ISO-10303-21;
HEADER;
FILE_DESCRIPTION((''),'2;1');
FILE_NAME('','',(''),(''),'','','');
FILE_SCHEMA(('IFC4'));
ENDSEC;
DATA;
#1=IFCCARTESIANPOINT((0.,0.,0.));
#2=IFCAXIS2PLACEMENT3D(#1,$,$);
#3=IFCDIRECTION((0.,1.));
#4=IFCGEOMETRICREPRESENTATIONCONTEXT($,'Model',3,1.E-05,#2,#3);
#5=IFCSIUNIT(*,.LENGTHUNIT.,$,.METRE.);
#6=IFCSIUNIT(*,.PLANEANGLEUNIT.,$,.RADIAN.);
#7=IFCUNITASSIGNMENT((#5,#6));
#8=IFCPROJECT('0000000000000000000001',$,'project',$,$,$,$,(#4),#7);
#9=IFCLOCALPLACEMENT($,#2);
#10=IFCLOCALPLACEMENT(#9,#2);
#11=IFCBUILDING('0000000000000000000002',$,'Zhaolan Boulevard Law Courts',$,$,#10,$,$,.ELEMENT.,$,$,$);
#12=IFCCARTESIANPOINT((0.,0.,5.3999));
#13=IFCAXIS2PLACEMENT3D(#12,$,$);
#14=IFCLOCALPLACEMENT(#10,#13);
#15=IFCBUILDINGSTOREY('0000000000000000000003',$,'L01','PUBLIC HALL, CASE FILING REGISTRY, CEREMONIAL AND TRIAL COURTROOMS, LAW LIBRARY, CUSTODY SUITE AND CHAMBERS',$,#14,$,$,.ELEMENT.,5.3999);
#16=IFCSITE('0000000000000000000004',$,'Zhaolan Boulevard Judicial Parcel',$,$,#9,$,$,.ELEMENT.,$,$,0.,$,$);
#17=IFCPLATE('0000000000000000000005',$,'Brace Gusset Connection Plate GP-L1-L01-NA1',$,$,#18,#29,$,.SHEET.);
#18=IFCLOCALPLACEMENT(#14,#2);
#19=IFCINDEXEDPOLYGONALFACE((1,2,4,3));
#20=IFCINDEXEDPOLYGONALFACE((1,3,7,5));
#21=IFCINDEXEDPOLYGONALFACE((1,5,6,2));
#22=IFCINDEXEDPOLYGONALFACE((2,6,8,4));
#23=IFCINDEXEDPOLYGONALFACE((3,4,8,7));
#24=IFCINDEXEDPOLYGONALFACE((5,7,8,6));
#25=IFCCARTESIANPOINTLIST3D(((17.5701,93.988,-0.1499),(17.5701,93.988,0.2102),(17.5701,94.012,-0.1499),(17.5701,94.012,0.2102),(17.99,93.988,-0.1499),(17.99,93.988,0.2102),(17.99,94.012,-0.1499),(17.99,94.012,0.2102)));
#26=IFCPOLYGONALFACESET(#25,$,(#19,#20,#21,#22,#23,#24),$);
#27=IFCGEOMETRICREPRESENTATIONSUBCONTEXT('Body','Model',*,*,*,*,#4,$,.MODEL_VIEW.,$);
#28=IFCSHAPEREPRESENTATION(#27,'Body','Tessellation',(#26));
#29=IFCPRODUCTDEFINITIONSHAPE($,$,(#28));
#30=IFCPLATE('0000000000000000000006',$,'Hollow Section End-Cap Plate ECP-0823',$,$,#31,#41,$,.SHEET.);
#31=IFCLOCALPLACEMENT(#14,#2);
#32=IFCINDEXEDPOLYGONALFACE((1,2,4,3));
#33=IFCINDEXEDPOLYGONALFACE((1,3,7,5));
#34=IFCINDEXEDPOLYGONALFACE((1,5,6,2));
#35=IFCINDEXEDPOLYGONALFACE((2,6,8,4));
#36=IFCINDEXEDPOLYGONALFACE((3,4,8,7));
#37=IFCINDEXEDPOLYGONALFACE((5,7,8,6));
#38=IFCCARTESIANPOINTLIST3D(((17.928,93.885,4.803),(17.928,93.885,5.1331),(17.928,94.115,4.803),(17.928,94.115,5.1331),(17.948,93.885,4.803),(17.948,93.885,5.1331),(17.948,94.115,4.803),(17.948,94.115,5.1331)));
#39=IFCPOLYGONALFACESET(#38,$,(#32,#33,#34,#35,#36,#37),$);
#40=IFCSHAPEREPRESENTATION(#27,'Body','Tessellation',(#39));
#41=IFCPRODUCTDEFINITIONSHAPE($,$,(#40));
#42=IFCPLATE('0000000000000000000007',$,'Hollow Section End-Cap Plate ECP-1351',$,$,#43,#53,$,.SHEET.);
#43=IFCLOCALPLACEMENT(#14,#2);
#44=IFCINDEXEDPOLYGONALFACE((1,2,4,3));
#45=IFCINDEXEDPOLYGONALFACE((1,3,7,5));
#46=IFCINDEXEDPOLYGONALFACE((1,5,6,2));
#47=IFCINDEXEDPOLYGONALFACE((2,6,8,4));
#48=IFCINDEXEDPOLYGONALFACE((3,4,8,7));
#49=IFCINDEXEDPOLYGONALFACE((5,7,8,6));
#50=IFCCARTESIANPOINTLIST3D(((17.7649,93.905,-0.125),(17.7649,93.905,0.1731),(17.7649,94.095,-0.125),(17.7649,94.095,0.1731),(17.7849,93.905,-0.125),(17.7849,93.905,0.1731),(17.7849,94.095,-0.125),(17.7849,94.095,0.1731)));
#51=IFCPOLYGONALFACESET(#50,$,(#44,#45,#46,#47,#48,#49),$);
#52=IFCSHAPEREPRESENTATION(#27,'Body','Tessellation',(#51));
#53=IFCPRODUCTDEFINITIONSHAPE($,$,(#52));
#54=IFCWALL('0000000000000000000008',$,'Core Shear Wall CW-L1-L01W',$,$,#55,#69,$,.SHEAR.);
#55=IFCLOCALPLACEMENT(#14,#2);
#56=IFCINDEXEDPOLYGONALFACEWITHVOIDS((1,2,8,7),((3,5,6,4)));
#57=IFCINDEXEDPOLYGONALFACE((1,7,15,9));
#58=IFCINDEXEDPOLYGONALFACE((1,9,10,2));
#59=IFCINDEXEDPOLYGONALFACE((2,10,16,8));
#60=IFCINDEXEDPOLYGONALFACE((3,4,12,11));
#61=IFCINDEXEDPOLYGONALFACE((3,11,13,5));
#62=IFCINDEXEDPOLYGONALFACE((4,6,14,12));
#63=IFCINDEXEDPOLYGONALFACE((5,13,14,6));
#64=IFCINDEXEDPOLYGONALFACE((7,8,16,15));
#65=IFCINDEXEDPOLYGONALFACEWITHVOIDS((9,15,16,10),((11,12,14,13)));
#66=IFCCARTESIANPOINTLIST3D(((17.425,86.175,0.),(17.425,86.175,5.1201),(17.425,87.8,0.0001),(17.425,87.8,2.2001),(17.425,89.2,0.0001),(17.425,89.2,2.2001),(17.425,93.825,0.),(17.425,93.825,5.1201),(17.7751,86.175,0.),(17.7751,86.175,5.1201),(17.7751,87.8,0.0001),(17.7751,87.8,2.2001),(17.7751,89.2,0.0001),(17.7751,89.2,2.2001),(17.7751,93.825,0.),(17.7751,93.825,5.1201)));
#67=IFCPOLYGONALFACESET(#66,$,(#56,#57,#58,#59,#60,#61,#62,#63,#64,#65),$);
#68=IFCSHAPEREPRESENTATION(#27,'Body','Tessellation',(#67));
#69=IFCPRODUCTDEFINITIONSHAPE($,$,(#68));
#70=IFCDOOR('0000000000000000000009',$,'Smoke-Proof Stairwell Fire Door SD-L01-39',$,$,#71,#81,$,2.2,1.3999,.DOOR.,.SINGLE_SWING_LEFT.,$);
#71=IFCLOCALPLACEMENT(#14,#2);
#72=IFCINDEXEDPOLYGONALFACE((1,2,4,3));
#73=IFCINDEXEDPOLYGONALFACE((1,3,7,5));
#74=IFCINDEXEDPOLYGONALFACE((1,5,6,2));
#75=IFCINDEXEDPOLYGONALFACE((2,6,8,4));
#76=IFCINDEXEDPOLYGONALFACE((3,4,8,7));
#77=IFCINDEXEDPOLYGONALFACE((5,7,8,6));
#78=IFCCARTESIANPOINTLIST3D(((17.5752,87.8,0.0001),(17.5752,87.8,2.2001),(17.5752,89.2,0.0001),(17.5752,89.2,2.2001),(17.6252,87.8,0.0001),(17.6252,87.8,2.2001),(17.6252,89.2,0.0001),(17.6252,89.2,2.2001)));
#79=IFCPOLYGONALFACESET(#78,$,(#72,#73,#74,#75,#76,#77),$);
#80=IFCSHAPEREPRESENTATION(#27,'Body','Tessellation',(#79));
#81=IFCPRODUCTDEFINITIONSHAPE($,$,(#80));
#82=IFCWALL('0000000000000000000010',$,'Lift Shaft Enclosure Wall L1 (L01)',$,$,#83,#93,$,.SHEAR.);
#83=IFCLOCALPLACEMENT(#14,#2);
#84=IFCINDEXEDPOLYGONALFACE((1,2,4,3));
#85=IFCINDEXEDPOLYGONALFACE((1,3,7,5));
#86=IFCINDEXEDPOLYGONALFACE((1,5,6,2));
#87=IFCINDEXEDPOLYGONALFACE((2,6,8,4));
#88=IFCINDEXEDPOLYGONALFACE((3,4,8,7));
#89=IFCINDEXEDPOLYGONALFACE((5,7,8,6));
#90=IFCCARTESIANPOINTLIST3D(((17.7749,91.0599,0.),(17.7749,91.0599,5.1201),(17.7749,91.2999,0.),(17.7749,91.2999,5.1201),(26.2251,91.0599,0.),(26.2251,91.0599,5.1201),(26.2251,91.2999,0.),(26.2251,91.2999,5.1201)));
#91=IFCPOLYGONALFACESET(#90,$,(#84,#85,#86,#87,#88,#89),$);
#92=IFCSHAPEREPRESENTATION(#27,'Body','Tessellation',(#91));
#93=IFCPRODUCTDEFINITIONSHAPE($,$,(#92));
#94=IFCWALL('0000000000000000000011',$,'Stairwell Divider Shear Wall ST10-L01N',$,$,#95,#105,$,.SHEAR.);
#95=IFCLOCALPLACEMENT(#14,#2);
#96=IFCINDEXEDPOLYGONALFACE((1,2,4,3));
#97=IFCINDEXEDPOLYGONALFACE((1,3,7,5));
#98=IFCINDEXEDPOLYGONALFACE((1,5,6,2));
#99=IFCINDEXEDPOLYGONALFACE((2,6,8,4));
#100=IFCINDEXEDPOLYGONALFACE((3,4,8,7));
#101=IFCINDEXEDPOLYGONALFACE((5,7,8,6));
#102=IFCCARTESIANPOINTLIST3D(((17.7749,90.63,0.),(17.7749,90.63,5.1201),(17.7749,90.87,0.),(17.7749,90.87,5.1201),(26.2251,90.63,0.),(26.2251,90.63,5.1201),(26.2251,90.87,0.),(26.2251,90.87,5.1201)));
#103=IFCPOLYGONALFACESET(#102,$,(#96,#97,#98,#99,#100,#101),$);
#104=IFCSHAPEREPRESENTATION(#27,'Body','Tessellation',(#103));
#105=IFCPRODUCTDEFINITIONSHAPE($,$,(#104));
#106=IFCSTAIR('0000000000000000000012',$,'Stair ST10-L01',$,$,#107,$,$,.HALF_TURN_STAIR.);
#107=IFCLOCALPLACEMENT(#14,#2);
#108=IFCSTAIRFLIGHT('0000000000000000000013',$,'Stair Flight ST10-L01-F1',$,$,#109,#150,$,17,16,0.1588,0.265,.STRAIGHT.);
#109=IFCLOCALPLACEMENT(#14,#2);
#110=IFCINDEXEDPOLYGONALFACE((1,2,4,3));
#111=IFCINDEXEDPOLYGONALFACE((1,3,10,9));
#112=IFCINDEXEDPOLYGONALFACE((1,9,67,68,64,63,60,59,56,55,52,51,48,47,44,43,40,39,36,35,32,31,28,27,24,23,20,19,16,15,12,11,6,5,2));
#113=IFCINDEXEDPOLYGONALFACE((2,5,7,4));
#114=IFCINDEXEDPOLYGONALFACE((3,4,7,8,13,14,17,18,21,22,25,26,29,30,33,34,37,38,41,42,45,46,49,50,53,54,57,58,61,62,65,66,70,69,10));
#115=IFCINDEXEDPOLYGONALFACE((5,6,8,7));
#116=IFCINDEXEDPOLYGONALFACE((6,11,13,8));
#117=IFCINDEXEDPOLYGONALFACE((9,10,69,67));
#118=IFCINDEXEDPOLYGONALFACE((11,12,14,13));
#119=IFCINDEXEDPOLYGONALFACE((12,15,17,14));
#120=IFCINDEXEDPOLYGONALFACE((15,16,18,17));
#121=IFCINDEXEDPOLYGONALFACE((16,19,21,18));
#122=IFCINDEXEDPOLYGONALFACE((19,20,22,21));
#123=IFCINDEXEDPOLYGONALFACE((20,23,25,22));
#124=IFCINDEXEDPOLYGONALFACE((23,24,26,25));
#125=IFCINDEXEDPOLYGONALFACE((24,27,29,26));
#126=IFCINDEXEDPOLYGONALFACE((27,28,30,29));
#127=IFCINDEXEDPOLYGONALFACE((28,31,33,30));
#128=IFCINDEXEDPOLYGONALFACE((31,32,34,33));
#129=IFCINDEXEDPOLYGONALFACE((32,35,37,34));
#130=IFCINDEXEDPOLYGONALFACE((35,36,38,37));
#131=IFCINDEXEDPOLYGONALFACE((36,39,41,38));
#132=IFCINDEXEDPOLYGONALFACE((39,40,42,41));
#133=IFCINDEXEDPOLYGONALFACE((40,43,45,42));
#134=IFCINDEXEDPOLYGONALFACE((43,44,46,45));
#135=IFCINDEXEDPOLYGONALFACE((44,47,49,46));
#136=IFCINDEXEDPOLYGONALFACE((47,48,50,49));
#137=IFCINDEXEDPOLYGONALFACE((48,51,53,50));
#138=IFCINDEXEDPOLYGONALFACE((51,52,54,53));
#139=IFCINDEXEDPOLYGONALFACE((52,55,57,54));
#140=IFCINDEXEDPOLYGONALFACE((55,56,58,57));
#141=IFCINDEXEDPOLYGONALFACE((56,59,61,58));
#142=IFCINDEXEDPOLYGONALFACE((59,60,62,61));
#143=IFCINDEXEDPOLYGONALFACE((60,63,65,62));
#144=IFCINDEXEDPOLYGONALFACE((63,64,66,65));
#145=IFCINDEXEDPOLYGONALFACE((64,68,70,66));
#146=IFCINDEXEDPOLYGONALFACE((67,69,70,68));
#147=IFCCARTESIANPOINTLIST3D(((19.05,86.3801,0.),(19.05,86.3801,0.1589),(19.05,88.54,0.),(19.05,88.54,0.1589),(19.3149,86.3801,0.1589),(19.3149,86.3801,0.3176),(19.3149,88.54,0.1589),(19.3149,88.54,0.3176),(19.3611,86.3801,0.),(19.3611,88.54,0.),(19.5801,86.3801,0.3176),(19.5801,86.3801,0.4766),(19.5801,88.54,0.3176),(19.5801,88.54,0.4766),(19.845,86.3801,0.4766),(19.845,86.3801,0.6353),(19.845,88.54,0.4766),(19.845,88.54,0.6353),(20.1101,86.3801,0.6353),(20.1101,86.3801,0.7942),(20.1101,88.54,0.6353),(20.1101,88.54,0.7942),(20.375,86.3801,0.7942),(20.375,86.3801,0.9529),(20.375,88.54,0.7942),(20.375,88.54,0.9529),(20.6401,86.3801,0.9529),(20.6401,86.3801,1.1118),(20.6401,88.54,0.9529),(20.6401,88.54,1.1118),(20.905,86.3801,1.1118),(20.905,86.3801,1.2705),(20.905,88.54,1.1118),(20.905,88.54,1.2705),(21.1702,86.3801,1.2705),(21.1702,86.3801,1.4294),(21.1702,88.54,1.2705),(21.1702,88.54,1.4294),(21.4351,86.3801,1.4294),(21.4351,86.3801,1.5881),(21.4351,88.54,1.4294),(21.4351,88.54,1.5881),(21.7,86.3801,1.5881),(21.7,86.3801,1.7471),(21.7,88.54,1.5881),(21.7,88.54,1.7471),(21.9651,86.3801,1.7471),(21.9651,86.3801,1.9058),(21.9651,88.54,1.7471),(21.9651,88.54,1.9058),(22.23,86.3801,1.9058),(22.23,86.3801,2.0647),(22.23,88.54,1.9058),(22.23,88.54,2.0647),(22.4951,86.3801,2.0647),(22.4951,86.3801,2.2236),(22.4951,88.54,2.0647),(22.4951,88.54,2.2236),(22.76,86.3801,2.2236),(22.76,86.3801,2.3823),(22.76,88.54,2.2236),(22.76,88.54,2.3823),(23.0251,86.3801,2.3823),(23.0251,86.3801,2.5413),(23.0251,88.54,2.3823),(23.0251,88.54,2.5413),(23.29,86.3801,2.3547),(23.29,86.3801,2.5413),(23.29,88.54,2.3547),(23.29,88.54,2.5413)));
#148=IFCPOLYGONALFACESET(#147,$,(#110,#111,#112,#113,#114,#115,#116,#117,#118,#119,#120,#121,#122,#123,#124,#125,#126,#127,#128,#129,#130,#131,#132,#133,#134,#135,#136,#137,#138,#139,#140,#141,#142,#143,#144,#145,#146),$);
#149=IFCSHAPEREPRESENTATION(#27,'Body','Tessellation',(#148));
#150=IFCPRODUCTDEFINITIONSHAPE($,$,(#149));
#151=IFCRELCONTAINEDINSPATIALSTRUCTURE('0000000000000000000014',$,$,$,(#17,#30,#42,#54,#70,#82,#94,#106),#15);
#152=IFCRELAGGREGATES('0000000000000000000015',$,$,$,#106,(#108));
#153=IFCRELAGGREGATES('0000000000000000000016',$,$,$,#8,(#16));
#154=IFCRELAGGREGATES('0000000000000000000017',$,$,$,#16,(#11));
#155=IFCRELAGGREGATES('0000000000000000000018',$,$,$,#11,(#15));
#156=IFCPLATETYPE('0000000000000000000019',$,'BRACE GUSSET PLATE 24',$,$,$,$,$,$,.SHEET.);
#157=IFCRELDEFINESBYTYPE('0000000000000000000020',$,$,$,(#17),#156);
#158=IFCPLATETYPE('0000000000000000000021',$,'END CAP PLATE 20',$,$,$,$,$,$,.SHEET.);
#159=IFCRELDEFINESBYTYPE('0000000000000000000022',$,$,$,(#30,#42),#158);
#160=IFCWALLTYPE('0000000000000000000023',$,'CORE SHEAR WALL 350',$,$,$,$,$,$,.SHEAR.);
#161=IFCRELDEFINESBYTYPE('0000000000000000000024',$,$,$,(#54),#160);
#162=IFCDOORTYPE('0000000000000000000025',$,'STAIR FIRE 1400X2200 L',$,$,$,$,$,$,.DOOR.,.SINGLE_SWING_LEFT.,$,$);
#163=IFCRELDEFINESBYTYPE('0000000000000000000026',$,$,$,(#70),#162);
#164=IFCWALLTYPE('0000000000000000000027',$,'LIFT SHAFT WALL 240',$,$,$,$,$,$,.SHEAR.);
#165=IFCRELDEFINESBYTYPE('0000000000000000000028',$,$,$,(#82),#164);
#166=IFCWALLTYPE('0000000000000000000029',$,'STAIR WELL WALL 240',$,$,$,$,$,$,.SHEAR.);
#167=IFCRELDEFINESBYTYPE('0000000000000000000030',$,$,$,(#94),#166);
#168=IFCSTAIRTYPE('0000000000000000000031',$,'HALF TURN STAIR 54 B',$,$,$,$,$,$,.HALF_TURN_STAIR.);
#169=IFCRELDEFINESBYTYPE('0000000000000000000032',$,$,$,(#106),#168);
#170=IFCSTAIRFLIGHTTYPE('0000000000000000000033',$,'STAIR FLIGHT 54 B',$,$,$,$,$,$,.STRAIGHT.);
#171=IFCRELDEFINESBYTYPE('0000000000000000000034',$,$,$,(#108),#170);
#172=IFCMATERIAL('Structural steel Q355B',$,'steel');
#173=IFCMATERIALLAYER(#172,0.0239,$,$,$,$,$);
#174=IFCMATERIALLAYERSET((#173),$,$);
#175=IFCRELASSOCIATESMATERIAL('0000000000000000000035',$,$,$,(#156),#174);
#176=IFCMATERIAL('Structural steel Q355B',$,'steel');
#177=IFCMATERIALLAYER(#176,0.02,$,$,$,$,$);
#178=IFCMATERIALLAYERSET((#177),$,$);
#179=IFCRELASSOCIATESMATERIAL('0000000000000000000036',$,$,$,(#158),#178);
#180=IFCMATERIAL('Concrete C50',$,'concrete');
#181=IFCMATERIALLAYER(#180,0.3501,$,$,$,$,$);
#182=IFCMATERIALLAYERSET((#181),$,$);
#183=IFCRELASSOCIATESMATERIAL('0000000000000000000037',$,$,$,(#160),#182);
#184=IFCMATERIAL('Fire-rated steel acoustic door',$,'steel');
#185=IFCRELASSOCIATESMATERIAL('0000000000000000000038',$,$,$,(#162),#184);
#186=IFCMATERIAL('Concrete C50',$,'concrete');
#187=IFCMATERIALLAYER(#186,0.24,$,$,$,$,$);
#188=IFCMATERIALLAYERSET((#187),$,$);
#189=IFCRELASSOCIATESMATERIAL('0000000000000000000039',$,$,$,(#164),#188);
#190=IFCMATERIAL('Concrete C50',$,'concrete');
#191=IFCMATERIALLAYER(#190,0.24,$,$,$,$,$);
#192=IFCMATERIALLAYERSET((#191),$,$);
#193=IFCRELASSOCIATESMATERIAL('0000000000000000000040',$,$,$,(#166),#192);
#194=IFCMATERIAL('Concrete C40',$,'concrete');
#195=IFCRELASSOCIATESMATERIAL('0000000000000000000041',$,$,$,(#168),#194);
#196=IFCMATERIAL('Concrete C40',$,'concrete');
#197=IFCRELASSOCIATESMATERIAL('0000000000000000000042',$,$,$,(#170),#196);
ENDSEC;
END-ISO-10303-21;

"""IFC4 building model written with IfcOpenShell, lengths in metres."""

from ifc_helpers import new_model, si_unit, direction, frame, frame_2d, origin, origin_2d, place, context, subcontext, project, spatial, polyline, rectangle, outline, extrude, material, layer, layer_set, type_object, element, fill, aggregate, save


model = new_model("IFC4")

# Units and contexts
model_context = context("Model", 3, precision=1e-05, world=origin(), true_north=direction((0.0, 1.0)))
body_context = subcontext(model_context, "Body", "Model", "MODEL_VIEW")
ifc_project = project(units=[si_unit("LENGTHUNIT", "METRE"), si_unit("PLANEANGLEUNIT", "RADIAN")], contexts=[model_context])

# Site, building, storey
site_placement = place(None, origin())
site = spatial("IfcSite", under=ifc_project, at=site_placement, Name="Zhaolan Boulevard Judicial Parcel", CompositionType="ELEMENT", RefElevation=0.0)
building_placement = place(site_placement, origin())
building = spatial("IfcBuilding", under=site, at=building_placement, Name="Zhaolan Boulevard Law Courts", CompositionType="ELEMENT")
storey_placement = place(building_placement, frame((0.0, 0.0, 5.3999)))
storey = spatial("IfcBuildingStorey", under=building, at=storey_placement, Name="L01", Description="PUBLIC HALL, CASE FILING REGISTRY, CEREMONIAL AND TRIAL COURTROOMS, LAW LIBRARY, CUSTODY SUITE AND CHAMBERS", CompositionType="ELEMENT", Elevation=5.3999)

# Plates
ifc_material_1 = material(Name="Structural steel Q355B", Category="steel")
ifc_layer_1 = layer(ifc_material_1, 0.0239)
ifc_layer_set_1 = layer_set([ifc_layer_1])
plate_type_1 = type_object("IfcPlateType", Name="BRACE GUSSET PLATE 24", PredefinedType="SHEET", material=ifc_layer_set_1)
plate_1_placement = place(storey_placement, frame((17.78, 94.0, -0.1499), z_axis=(0.0, 0.0, 1.0), x_axis=(1.0, 0.0, 0.0)))
element("IfcPlate", 1, at=plate_1_placement, inside=storey, type_object=plate_type_1, Name="Brace Gusset Connection Plate GP-L1-L01-NA1", PredefinedType="SHEET", context=body_context, shape_type="SweptSolid", body=[
    extrude(rectangle(XDim=0.4199, YDim=0.0239, at=origin_2d()), origin(), (0.0, 0.0, 1.0), 0.3601),
])
ifc_material_2 = material(Name="Structural steel Q355B", Category="steel")
ifc_layer_2 = layer(ifc_material_2, 0.02)
ifc_layer_set_2 = layer_set([ifc_layer_2])
plate_type_2 = type_object("IfcPlateType", Name="END CAP PLATE 20", PredefinedType="SHEET", material=ifc_layer_set_2)
plate_2_placement = place(storey_placement, frame((17.938, 94.0, 4.803), z_axis=(0.0, 0.0, 1.0), x_axis=(1.0, 0.0, 0.0)))
element("IfcPlate", 2, at=plate_2_placement, inside=storey, type_object=plate_type_2, Name="Hollow Section End-Cap Plate ECP-0823", PredefinedType="SHEET", context=body_context, shape_type="SweptSolid", body=[
    extrude(rectangle(XDim=0.02, YDim=0.23, at=origin_2d()), origin(), (0.0, 0.0, 1.0), 0.3301),
])
plate_3_placement = place(storey_placement, frame((17.7749, 94.0, -0.125), z_axis=(0.0, 0.0, 1.0), x_axis=(1.0, 0.0, 0.0)))
element("IfcPlate", 3, at=plate_3_placement, inside=storey, type_object=plate_type_2, Name="Hollow Section End-Cap Plate ECP-1351", PredefinedType="SHEET", context=body_context, shape_type="SweptSolid", body=[
    extrude(rectangle(XDim=0.02, YDim=0.1899, at=origin_2d()), origin(), (0.0, 0.0, 1.0), 0.2981),
])

# Wall, opening, door
ifc_material_3 = material(Name="Concrete C50", Category="concrete")
ifc_layer_3 = layer(ifc_material_3, 0.3501)
ifc_layer_set_3 = layer_set([ifc_layer_3])
wall_type_1 = type_object("IfcWallType", Name="CORE SHEAR WALL 350", PredefinedType="SHEAR", material=ifc_layer_set_3)
wall_1_placement = place(storey_placement, frame((17.6001, 86.175, 0.0), z_axis=(0.0, 0.0, 1.0), x_axis=(0.0, 1.0, 0.0)))
wall_1 = element("IfcWall", 4, at=wall_1_placement, inside=storey, type_object=wall_type_1, Name="Core Shear Wall CW-L1-L01W", PredefinedType="SHEAR", context=body_context, shape_type="SweptSolid", body=[
    extrude(rectangle(XDim=7.6499, YDim=0.3501, at=frame_2d((3.825, 0.0))), origin(), (0.0, 0.0, 1.0), 5.1201),
])
opening_placement = place(wall_1_placement, frame((1.625, 0.0, 0.0)))
opening = element("IfcOpeningElement", 5, at=opening_placement, cuts=wall_1, PredefinedType="OPENING", context=body_context, shape_type="SweptSolid", body=[
    extrude(rectangle(XDim=1.3999, YDim=2.2, at=frame_2d((0.7, 1.1001))), frame((0.0, 0.1851, 0.0), z_axis=(0.0, -1.0, 0.0), x_axis=(1.0, 0.0, 0.0)), (0.0, 0.0, 1.0), 0.3701),
])
ifc_material_4 = material(Name="Fire-rated steel acoustic door", Category="steel")
door_type = type_object("IfcDoorType", Name="STAIR FIRE 1400X2200 L", OperationType="SINGLE_SWING_LEFT", PredefinedType="DOOR", material=ifc_material_4)
door_placement = place(opening_placement, origin())
door = element("IfcDoor", 6, at=door_placement, inside=storey, type_object=door_type, Name="Smoke-Proof Stairwell Fire Door SD-L01-39", OperationType="SINGLE_SWING_LEFT", OverallHeight=2.2, OverallWidth=1.3999, PredefinedType="DOOR", context=body_context, shape_type="SweptSolid", body=[
    extrude(rectangle(XDim=1.3999, YDim=2.2, at=frame_2d((0.7, 1.1001))), frame((0.0, 0.0249, 0.0), z_axis=(0.0, -1.0, 0.0), x_axis=(1.0, 0.0, 0.0)), (0.0, 0.0, 1.0), 0.05),
])
fill(opening, door)

# Walls
ifc_material_5 = material(Name="Concrete C50", Category="concrete")
ifc_layer_4 = layer(ifc_material_5, 0.24)
ifc_layer_set_4 = layer_set([ifc_layer_4])
wall_type_2 = type_object("IfcWallType", Name="LIFT SHAFT WALL 240", PredefinedType="SHEAR", material=ifc_layer_set_4)
wall_2_placement = place(storey_placement, frame((17.7749, 91.1799, 0.0), z_axis=(0.0, 0.0, 1.0), x_axis=(1.0, 0.0, 0.0)))
element("IfcWall", 7, at=wall_2_placement, inside=storey, type_object=wall_type_2, Name="Lift Shaft Enclosure Wall L1 (L01)", PredefinedType="SHEAR", context=body_context, shape_type="SweptSolid", body=[
    extrude(rectangle(XDim=8.4502, YDim=0.24, at=frame_2d((4.2251, 0.0))), origin(), (0.0, 0.0, 1.0), 5.1201),
])
ifc_material_6 = material(Name="Concrete C50", Category="concrete")
ifc_layer_5 = layer(ifc_material_6, 0.24)
ifc_layer_set_5 = layer_set([ifc_layer_5])
wall_type_3 = type_object("IfcWallType", Name="STAIR WELL WALL 240", PredefinedType="SHEAR", material=ifc_layer_set_5)
wall_3_placement = place(storey_placement, frame((17.7749, 90.75, 0.0), z_axis=(0.0, 0.0, 1.0), x_axis=(1.0, 0.0, 0.0)))
element("IfcWall", 8, at=wall_3_placement, inside=storey, type_object=wall_type_3, Name="Stairwell Divider Shear Wall ST10-L01N", PredefinedType="SHEAR", context=body_context, shape_type="SweptSolid", body=[
    extrude(rectangle(XDim=8.4502, YDim=0.24, at=frame_2d((4.2251, 0.0))), origin(), (0.0, 0.0, 1.0), 5.1201),
])

# Stair, stair flight
ifc_material_7 = material(Name="Concrete C40", Category="concrete")
stair_type = type_object("IfcStairType", Name="HALF TURN STAIR 54 B", PredefinedType="HALF_TURN_STAIR", material=ifc_material_7)
stair_placement = place(storey_placement, origin())
stair = element("IfcStair", 9, at=stair_placement, inside=storey, type_object=stair_type, Name="Stair ST10-L01", PredefinedType="HALF_TURN_STAIR")
ifc_material_8 = material(Name="Concrete C40", Category="concrete")
stair_flight_type = type_object("IfcStairFlightType", Name="STAIR FLIGHT 54 B", PredefinedType="STRAIGHT", material=ifc_material_8)
stair_flight_1_placement = place(storey_placement, frame((19.05, 87.46, 0.0), z_axis=(0.0, 0.0, 1.0), x_axis=(1.0, 0.0, 0.0)))
stair_flight_1 = element("IfcStairFlight", 10, at=stair_flight_1_placement, type_object=stair_flight_type, Name="Stair Flight ST10-L01-F1", NumberOfRisers=17, NumberOfTreads=16, PredefinedType="STRAIGHT", RiserHeight=0.1588, TreadLength=0.265, context=body_context, shape_type="SweptSolid", body=[
    extrude(outline(polyline([(0.0, 0.0), (0.0, 0.1589), (0.2649, 0.1589), (0.2649, 0.3176), (0.53, 0.3176), (0.53, 0.4766), (0.7949, 0.4766), (0.7949, 0.6353), (1.0601, 0.6353), (1.0601, 0.7942), (1.325, 0.7942), (1.325, 0.9529), (1.5901, 0.9529), (1.5901, 1.1118), (1.855, 1.1118), (1.855, 1.2705), (2.1201, 1.2705), (2.1201, 1.4294), (2.385, 1.4294), (2.385, 1.5881), (2.6499, 1.5881), (2.6499, 1.7471), (2.915, 1.7471), (2.915, 1.9058), (3.1799, 1.9058), (3.1799, 2.0647), (3.4451, 2.0647), (3.4451, 2.2236), (3.71, 2.2236), (3.71, 2.3823), (3.9751, 2.3823), (3.9751, 2.5413), (4.24, 2.5413), (4.24, 2.7), (4.24, 2.3547), (0.311, 0.0), (0.0, 0.0)])), frame((0.0, 1.0801, 0.0), z_axis=(0.0, -1.0, 0.0), x_axis=(1.0, 0.0, 0.0)), (0.0, 0.0, 1.0), 2.1599),
])
aggregate(stair, [stair_flight_1])

save(model, "model.ifc")
